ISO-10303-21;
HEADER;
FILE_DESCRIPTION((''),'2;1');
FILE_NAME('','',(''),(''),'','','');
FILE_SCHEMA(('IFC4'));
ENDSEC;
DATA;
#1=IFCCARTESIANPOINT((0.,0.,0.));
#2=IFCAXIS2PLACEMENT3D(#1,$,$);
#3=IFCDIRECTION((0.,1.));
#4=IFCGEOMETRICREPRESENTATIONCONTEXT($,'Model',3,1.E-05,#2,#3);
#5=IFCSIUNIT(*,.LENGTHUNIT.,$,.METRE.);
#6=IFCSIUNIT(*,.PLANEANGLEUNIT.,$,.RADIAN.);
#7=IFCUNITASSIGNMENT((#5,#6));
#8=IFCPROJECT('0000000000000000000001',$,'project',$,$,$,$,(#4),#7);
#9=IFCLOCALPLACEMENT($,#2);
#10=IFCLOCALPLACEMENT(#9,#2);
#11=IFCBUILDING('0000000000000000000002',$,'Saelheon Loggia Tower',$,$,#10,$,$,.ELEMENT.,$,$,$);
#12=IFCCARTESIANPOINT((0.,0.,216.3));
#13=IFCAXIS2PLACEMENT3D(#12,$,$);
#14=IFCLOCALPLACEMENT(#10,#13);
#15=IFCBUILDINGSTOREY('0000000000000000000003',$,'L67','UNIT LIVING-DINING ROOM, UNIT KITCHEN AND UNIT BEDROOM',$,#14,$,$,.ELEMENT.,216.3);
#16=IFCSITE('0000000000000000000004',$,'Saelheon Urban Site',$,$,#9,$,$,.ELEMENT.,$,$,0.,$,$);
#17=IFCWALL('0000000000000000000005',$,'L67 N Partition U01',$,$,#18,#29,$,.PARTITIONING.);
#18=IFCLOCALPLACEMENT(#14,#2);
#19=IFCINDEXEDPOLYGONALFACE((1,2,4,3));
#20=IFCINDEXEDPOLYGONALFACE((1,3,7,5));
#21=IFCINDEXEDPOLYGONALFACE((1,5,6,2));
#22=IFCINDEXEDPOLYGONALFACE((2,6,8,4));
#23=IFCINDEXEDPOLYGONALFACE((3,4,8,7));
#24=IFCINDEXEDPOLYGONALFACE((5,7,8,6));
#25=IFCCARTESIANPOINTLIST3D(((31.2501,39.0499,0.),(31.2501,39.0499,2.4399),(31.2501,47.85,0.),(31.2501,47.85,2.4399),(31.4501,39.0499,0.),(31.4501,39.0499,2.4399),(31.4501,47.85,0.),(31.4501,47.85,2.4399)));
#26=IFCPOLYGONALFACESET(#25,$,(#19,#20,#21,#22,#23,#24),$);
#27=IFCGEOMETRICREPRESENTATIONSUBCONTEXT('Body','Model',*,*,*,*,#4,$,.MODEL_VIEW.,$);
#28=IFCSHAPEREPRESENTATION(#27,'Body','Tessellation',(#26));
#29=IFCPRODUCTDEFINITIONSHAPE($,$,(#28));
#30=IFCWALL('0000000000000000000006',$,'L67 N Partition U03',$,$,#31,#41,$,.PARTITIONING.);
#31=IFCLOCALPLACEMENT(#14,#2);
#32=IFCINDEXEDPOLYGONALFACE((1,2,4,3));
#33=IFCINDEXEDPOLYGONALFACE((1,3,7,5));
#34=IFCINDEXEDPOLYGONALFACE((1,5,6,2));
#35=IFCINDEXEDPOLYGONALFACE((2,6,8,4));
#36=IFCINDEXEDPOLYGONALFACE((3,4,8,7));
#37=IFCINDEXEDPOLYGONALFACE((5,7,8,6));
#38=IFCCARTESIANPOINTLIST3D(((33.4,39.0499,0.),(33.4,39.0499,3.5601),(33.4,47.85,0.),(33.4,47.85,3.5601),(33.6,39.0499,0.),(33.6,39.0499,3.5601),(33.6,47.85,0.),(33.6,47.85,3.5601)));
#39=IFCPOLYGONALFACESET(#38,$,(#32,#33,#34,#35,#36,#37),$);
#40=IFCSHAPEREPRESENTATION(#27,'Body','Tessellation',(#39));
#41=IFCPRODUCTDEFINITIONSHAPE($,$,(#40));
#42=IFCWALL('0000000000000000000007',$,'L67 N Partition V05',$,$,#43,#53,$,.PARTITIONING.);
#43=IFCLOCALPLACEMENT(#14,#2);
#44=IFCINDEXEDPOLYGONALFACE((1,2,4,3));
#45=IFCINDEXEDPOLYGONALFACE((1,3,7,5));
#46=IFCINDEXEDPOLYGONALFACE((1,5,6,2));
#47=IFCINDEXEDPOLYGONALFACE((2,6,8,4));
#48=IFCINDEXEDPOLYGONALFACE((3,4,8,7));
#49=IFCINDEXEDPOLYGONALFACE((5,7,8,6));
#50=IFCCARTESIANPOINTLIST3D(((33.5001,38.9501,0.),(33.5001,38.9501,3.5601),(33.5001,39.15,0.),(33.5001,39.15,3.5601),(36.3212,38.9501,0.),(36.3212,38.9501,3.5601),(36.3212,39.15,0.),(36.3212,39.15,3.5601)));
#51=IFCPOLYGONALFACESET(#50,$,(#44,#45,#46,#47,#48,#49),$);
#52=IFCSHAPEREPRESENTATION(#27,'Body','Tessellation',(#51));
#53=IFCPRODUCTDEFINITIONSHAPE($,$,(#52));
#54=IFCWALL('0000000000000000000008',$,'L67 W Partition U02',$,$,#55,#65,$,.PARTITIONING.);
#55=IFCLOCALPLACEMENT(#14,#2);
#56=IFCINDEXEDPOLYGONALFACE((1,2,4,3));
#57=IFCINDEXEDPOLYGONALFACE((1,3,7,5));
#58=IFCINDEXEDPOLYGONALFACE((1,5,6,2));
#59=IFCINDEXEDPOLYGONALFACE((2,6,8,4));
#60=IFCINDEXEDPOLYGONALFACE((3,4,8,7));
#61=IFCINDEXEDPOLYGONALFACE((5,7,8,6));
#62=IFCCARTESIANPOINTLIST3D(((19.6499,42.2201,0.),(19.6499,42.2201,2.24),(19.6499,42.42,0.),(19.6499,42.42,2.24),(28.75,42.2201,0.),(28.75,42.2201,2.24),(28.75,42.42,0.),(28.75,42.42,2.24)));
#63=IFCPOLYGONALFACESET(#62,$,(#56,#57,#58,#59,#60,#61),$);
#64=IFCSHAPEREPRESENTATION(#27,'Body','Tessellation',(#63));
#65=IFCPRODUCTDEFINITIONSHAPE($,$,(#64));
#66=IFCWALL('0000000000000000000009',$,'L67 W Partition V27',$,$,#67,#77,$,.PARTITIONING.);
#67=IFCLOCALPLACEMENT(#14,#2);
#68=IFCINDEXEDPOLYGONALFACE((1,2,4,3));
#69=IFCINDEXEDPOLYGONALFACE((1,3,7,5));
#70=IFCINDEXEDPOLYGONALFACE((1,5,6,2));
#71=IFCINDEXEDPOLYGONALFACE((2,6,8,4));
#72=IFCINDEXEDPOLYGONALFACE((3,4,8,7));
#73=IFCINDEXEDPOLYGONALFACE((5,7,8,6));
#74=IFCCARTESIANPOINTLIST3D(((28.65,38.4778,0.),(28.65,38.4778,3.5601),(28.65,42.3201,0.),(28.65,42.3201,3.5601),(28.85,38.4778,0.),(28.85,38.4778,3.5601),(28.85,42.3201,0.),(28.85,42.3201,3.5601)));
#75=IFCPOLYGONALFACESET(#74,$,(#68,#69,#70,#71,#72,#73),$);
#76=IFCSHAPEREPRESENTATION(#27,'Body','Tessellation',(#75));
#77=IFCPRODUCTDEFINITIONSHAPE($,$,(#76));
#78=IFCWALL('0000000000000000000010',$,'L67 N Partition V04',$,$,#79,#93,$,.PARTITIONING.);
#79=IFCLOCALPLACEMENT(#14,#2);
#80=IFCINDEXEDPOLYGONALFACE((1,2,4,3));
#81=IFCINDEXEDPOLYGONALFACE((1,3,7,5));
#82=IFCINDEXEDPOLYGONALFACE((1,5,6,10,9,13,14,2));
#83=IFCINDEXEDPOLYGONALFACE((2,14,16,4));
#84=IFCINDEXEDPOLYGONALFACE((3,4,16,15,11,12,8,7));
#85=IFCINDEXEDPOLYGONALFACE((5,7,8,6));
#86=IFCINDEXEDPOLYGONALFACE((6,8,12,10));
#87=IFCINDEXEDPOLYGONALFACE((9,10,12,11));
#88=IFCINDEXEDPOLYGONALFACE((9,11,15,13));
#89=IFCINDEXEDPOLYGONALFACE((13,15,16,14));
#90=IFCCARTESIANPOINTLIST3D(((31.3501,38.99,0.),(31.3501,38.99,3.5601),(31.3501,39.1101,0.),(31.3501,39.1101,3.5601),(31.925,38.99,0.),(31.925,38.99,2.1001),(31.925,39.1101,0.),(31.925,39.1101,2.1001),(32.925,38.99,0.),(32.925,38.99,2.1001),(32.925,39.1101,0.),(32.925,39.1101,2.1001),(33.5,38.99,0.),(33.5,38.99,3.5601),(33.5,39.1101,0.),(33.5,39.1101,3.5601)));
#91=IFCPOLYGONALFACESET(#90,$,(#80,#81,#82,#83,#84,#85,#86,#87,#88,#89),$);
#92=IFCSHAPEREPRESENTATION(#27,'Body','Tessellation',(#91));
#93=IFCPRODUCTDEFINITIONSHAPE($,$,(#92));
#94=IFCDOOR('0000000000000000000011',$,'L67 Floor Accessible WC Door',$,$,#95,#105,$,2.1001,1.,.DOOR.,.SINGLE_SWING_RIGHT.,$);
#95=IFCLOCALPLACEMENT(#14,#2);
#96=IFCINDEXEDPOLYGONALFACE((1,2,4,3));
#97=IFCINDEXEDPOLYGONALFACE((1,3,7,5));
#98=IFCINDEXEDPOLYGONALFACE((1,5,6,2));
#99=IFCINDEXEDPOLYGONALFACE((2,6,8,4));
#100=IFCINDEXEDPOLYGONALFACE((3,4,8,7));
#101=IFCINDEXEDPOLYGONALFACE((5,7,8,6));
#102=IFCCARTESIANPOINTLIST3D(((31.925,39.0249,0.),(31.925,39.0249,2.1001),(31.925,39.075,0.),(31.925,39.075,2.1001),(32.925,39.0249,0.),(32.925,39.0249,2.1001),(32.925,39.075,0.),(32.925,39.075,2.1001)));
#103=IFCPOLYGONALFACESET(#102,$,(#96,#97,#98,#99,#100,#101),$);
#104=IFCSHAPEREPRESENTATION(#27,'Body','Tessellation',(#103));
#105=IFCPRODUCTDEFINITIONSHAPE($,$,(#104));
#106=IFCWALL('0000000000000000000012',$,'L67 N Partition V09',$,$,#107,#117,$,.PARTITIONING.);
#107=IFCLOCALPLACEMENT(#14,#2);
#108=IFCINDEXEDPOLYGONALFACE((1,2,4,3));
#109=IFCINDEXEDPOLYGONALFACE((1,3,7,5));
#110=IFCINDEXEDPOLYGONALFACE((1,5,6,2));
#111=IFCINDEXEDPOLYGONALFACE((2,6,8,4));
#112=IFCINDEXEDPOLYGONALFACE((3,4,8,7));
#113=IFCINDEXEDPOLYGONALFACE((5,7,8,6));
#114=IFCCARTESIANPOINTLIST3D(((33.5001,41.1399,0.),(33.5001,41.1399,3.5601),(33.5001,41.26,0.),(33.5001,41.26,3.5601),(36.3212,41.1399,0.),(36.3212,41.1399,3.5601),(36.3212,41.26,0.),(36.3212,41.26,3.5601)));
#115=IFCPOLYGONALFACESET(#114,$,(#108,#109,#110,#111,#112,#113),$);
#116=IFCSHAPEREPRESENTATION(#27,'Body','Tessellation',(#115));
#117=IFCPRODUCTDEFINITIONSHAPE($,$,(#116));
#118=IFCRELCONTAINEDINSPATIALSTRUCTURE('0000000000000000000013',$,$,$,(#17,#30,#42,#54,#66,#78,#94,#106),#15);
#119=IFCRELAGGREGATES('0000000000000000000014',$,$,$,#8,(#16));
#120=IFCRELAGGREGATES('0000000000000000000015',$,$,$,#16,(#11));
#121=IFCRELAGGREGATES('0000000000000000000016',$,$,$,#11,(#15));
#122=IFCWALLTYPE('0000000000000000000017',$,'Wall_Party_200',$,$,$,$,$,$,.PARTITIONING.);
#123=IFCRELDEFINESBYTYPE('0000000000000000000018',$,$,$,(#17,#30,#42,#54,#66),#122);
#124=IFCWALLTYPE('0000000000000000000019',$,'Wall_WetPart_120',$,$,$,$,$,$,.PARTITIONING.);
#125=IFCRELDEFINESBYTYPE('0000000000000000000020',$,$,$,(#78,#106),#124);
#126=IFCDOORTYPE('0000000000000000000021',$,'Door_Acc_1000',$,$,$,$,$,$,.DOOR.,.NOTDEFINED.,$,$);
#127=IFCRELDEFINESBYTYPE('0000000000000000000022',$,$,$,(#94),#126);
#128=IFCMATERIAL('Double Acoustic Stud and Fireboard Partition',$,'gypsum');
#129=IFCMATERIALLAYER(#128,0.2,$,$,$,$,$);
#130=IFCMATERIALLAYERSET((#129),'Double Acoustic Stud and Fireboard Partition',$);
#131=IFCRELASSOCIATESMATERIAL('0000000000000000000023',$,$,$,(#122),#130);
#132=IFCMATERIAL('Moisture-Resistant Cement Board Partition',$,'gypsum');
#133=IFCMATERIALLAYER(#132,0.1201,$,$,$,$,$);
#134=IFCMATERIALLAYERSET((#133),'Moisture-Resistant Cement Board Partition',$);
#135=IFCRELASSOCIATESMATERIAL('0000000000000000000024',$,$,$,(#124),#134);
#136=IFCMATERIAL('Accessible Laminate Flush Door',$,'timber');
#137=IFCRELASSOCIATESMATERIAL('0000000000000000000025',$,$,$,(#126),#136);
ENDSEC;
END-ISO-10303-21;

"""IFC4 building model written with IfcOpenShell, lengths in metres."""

from ifc_helpers import new_model, si_unit, direction, frame, frame_2d, origin, place, context, subcontext, project, spatial, rectangle, extrude, source, transform, mapped, material, layer, layer_set, type_object, element, fill, save


model = new_model("IFC4")

# Units and contexts
model_context = context("Model", 3, precision=1e-05, world=origin(), true_north=direction((0.0, 1.0)))
body_context = subcontext(model_context, "Body", "Model", "MODEL_VIEW")
ifc_project = project(units=[si_unit("LENGTHUNIT", "METRE"), si_unit("PLANEANGLEUNIT", "RADIAN")], contexts=[model_context])

# Site, building, storey
site_placement = place(None, origin())
site = spatial("IfcSite", under=ifc_project, at=site_placement, Name="Saelheon Urban Site", CompositionType="ELEMENT", RefElevation=0.0)
building_placement = place(site_placement, origin())
building = spatial("IfcBuilding", under=site, at=building_placement, Name="Saelheon Loggia Tower", CompositionType="ELEMENT")
storey_placement = place(building_placement, frame((0.0, 0.0, 216.3)))
storey = spatial("IfcBuildingStorey", under=building, at=storey_placement, Name="L67", Description="UNIT LIVING-DINING ROOM, UNIT KITCHEN AND UNIT BEDROOM", CompositionType="ELEMENT", Elevation=216.3)

# Walls
ifc_material_1 = material(Name="Double Acoustic Stud and Fireboard Partition", Category="gypsum")
ifc_layer_1 = layer(ifc_material_1, 0.2)
ifc_layer_set_1 = layer_set([ifc_layer_1], Name="Double Acoustic Stud and Fireboard Partition")
wall_type_1 = type_object("IfcWallType", Name="Wall_Party_200", PredefinedType="PARTITIONING", material=ifc_layer_set_1)
wall_1_placement = place(storey_placement, frame((31.3501, 39.05, 0.0), z_axis=(0.0, 0.0, 1.0), x_axis=(0.0, 1.0, 0.0)))
element("IfcWall", 1, at=wall_1_placement, inside=storey, type_object=wall_type_1, Name="L67 N Partition U01", PredefinedType="PARTITIONING", context=body_context, shape_type="SweptSolid", body=[
    extrude(rectangle(XDim=8.8, YDim=0.2, at=frame_2d((4.3999, 0.0))), origin(), (0.0, 0.0, 1.0), 2.4399),
])
wall_2_placement = place(storey_placement, frame((33.5, 39.05, 0.0), z_axis=(0.0, 0.0, 1.0), x_axis=(0.0, 1.0, 0.0)))
element("IfcWall", 2, at=wall_2_placement, inside=storey, type_object=wall_type_1, Name="L67 N Partition U03", PredefinedType="PARTITIONING", context=body_context, shape_type="SweptSolid", body=[
    extrude(rectangle(XDim=8.8, YDim=0.2, at=frame_2d((4.3999, 0.0))), origin(), (0.0, 0.0, 1.0), 3.5601),
])
wall_3_placement = place(storey_placement, frame((33.5, 39.05, 0.0), z_axis=(0.0, 0.0, 1.0), x_axis=(1.0, 0.0, 0.0)))
element("IfcWall", 3, at=wall_3_placement, inside=storey, type_object=wall_type_1, Name="L67 N Partition V05", PredefinedType="PARTITIONING", context=body_context, shape_type="SweptSolid", body=[
    extrude(rectangle(XDim=2.821, YDim=0.2, at=frame_2d((1.4106, 0.0))), origin(), (0.0, 0.0, 1.0), 3.5601),
])
wall_4_placement = place(storey_placement, frame((28.75, 42.3201, 0.0), z_axis=(0.0, 0.0, 1.0), x_axis=(-1.0, 0.0, 0.0)))
element("IfcWall", 4, at=wall_4_placement, inside=storey, type_object=wall_type_1, Name="L67 W Partition U02", PredefinedType="PARTITIONING", context=body_context, shape_type="SweptSolid", body=[
    extrude(rectangle(XDim=9.1001, YDim=0.2, at=frame_2d((4.55, 0.0))), origin(), (0.0, 0.0, 1.0), 2.24),
])
wall_5_placement = place(storey_placement, frame((28.75, 38.4778, 0.0), z_axis=(0.0, 0.0, 1.0), x_axis=(0.0, 1.0, 0.0)))
element("IfcWall", 5, at=wall_5_placement, inside=storey, type_object=wall_type_1, Name="L67 W Partition V27", PredefinedType="PARTITIONING", context=body_context, shape_type="SweptSolid", body=[
    extrude(rectangle(XDim=3.8423, YDim=0.2, at=frame_2d((1.9211, 0.0))), origin(), (0.0, 0.0, 1.0), 3.5601),
])

# Wall, opening, door
ifc_material_2 = material(Name="Moisture-Resistant Cement Board Partition", Category="gypsum")
ifc_layer_2 = layer(ifc_material_2, 0.1201)
ifc_layer_set_2 = layer_set([ifc_layer_2], Name="Moisture-Resistant Cement Board Partition")
wall_type_2 = type_object("IfcWallType", Name="Wall_WetPart_120", PredefinedType="PARTITIONING", material=ifc_layer_set_2)
wall_6_placement = place(storey_placement, frame((31.3501, 39.05, 0.0), z_axis=(0.0, 0.0, 1.0), x_axis=(1.0, 0.0, 0.0)))
wall_6 = element("IfcWall", 6, at=wall_6_placement, inside=storey, type_object=wall_type_2, Name="L67 N Partition V04", PredefinedType="PARTITIONING", context=body_context, shape_type="SweptSolid", body=[
    extrude(rectangle(XDim=2.1499, YDim=0.1201, at=frame_2d((1.075, 0.0))), origin(), (0.0, 0.0, 1.0), 3.5601),
])
opening_1_placement = place(wall_6_placement, frame((0.575, 0.0, 0.0)))
opening_1 = element("IfcOpeningElement", 7, at=opening_1_placement, cuts=wall_6, PredefinedType="OPENING", context=body_context, shape_type="SweptSolid", body=[
    extrude(rectangle(XDim=1.0, YDim=2.1001, at=frame_2d((0.5, 1.05))), frame((0.0, 0.072, 0.0), z_axis=(0.0, -1.0, 0.0), x_axis=(1.0, 0.0, 0.0)), (0.0, 0.0, 1.0), 0.144),
])
ifc_material_3 = material(Name="Accessible Laminate Flush Door", Category="timber")
door_type_1 = type_object("IfcDoorType", Name="Door_Acc_1000", OperationType="NOTDEFINED", PredefinedType="DOOR", material=ifc_material_3)
shared_shape_1 = source(origin(), body_context, "Body", "SweptSolid", [
    extrude(rectangle(XDim=1.0, YDim=2.1001, at=frame_2d((0.5, 1.05))), frame((0.0, 0.0249, 0.0), z_axis=(0.0, -1.0, 0.0), x_axis=(1.0, 0.0, 0.0)), (0.0, 0.0, 1.0), 0.05),
])
door_1_placement = place(opening_1_placement, origin())
door_1 = element("IfcDoor", 8, at=door_1_placement, inside=storey, type_object=door_type_1, Name="L67 Floor Accessible WC Door", OperationType="SINGLE_SWING_RIGHT", OverallHeight=2.1001, OverallWidth=1.0, PredefinedType="DOOR", context=body_context, shape_type="MappedRepresentation", body=[
    mapped(shared_shape_1, transform((0.0, 0.0, 0.0), scale=1.0)),
])
fill(opening_1, door_1)

# Wall
wall_7_placement = place(storey_placement, frame((33.5, 41.2, 0.0), z_axis=(0.0, 0.0, 1.0), x_axis=(1.0, 0.0, 0.0)))
element("IfcWall", 9, at=wall_7_placement, inside=storey, type_object=wall_type_2, Name="L67 N Partition V09", PredefinedType="PARTITIONING", context=body_context, shape_type="SweptSolid", body=[
    extrude(rectangle(XDim=2.821, YDim=0.1201, at=frame_2d((1.4106, 0.0))), origin(), (0.0, 0.0, 1.0), 3.5601),
])

save(model, "model.ifc")
